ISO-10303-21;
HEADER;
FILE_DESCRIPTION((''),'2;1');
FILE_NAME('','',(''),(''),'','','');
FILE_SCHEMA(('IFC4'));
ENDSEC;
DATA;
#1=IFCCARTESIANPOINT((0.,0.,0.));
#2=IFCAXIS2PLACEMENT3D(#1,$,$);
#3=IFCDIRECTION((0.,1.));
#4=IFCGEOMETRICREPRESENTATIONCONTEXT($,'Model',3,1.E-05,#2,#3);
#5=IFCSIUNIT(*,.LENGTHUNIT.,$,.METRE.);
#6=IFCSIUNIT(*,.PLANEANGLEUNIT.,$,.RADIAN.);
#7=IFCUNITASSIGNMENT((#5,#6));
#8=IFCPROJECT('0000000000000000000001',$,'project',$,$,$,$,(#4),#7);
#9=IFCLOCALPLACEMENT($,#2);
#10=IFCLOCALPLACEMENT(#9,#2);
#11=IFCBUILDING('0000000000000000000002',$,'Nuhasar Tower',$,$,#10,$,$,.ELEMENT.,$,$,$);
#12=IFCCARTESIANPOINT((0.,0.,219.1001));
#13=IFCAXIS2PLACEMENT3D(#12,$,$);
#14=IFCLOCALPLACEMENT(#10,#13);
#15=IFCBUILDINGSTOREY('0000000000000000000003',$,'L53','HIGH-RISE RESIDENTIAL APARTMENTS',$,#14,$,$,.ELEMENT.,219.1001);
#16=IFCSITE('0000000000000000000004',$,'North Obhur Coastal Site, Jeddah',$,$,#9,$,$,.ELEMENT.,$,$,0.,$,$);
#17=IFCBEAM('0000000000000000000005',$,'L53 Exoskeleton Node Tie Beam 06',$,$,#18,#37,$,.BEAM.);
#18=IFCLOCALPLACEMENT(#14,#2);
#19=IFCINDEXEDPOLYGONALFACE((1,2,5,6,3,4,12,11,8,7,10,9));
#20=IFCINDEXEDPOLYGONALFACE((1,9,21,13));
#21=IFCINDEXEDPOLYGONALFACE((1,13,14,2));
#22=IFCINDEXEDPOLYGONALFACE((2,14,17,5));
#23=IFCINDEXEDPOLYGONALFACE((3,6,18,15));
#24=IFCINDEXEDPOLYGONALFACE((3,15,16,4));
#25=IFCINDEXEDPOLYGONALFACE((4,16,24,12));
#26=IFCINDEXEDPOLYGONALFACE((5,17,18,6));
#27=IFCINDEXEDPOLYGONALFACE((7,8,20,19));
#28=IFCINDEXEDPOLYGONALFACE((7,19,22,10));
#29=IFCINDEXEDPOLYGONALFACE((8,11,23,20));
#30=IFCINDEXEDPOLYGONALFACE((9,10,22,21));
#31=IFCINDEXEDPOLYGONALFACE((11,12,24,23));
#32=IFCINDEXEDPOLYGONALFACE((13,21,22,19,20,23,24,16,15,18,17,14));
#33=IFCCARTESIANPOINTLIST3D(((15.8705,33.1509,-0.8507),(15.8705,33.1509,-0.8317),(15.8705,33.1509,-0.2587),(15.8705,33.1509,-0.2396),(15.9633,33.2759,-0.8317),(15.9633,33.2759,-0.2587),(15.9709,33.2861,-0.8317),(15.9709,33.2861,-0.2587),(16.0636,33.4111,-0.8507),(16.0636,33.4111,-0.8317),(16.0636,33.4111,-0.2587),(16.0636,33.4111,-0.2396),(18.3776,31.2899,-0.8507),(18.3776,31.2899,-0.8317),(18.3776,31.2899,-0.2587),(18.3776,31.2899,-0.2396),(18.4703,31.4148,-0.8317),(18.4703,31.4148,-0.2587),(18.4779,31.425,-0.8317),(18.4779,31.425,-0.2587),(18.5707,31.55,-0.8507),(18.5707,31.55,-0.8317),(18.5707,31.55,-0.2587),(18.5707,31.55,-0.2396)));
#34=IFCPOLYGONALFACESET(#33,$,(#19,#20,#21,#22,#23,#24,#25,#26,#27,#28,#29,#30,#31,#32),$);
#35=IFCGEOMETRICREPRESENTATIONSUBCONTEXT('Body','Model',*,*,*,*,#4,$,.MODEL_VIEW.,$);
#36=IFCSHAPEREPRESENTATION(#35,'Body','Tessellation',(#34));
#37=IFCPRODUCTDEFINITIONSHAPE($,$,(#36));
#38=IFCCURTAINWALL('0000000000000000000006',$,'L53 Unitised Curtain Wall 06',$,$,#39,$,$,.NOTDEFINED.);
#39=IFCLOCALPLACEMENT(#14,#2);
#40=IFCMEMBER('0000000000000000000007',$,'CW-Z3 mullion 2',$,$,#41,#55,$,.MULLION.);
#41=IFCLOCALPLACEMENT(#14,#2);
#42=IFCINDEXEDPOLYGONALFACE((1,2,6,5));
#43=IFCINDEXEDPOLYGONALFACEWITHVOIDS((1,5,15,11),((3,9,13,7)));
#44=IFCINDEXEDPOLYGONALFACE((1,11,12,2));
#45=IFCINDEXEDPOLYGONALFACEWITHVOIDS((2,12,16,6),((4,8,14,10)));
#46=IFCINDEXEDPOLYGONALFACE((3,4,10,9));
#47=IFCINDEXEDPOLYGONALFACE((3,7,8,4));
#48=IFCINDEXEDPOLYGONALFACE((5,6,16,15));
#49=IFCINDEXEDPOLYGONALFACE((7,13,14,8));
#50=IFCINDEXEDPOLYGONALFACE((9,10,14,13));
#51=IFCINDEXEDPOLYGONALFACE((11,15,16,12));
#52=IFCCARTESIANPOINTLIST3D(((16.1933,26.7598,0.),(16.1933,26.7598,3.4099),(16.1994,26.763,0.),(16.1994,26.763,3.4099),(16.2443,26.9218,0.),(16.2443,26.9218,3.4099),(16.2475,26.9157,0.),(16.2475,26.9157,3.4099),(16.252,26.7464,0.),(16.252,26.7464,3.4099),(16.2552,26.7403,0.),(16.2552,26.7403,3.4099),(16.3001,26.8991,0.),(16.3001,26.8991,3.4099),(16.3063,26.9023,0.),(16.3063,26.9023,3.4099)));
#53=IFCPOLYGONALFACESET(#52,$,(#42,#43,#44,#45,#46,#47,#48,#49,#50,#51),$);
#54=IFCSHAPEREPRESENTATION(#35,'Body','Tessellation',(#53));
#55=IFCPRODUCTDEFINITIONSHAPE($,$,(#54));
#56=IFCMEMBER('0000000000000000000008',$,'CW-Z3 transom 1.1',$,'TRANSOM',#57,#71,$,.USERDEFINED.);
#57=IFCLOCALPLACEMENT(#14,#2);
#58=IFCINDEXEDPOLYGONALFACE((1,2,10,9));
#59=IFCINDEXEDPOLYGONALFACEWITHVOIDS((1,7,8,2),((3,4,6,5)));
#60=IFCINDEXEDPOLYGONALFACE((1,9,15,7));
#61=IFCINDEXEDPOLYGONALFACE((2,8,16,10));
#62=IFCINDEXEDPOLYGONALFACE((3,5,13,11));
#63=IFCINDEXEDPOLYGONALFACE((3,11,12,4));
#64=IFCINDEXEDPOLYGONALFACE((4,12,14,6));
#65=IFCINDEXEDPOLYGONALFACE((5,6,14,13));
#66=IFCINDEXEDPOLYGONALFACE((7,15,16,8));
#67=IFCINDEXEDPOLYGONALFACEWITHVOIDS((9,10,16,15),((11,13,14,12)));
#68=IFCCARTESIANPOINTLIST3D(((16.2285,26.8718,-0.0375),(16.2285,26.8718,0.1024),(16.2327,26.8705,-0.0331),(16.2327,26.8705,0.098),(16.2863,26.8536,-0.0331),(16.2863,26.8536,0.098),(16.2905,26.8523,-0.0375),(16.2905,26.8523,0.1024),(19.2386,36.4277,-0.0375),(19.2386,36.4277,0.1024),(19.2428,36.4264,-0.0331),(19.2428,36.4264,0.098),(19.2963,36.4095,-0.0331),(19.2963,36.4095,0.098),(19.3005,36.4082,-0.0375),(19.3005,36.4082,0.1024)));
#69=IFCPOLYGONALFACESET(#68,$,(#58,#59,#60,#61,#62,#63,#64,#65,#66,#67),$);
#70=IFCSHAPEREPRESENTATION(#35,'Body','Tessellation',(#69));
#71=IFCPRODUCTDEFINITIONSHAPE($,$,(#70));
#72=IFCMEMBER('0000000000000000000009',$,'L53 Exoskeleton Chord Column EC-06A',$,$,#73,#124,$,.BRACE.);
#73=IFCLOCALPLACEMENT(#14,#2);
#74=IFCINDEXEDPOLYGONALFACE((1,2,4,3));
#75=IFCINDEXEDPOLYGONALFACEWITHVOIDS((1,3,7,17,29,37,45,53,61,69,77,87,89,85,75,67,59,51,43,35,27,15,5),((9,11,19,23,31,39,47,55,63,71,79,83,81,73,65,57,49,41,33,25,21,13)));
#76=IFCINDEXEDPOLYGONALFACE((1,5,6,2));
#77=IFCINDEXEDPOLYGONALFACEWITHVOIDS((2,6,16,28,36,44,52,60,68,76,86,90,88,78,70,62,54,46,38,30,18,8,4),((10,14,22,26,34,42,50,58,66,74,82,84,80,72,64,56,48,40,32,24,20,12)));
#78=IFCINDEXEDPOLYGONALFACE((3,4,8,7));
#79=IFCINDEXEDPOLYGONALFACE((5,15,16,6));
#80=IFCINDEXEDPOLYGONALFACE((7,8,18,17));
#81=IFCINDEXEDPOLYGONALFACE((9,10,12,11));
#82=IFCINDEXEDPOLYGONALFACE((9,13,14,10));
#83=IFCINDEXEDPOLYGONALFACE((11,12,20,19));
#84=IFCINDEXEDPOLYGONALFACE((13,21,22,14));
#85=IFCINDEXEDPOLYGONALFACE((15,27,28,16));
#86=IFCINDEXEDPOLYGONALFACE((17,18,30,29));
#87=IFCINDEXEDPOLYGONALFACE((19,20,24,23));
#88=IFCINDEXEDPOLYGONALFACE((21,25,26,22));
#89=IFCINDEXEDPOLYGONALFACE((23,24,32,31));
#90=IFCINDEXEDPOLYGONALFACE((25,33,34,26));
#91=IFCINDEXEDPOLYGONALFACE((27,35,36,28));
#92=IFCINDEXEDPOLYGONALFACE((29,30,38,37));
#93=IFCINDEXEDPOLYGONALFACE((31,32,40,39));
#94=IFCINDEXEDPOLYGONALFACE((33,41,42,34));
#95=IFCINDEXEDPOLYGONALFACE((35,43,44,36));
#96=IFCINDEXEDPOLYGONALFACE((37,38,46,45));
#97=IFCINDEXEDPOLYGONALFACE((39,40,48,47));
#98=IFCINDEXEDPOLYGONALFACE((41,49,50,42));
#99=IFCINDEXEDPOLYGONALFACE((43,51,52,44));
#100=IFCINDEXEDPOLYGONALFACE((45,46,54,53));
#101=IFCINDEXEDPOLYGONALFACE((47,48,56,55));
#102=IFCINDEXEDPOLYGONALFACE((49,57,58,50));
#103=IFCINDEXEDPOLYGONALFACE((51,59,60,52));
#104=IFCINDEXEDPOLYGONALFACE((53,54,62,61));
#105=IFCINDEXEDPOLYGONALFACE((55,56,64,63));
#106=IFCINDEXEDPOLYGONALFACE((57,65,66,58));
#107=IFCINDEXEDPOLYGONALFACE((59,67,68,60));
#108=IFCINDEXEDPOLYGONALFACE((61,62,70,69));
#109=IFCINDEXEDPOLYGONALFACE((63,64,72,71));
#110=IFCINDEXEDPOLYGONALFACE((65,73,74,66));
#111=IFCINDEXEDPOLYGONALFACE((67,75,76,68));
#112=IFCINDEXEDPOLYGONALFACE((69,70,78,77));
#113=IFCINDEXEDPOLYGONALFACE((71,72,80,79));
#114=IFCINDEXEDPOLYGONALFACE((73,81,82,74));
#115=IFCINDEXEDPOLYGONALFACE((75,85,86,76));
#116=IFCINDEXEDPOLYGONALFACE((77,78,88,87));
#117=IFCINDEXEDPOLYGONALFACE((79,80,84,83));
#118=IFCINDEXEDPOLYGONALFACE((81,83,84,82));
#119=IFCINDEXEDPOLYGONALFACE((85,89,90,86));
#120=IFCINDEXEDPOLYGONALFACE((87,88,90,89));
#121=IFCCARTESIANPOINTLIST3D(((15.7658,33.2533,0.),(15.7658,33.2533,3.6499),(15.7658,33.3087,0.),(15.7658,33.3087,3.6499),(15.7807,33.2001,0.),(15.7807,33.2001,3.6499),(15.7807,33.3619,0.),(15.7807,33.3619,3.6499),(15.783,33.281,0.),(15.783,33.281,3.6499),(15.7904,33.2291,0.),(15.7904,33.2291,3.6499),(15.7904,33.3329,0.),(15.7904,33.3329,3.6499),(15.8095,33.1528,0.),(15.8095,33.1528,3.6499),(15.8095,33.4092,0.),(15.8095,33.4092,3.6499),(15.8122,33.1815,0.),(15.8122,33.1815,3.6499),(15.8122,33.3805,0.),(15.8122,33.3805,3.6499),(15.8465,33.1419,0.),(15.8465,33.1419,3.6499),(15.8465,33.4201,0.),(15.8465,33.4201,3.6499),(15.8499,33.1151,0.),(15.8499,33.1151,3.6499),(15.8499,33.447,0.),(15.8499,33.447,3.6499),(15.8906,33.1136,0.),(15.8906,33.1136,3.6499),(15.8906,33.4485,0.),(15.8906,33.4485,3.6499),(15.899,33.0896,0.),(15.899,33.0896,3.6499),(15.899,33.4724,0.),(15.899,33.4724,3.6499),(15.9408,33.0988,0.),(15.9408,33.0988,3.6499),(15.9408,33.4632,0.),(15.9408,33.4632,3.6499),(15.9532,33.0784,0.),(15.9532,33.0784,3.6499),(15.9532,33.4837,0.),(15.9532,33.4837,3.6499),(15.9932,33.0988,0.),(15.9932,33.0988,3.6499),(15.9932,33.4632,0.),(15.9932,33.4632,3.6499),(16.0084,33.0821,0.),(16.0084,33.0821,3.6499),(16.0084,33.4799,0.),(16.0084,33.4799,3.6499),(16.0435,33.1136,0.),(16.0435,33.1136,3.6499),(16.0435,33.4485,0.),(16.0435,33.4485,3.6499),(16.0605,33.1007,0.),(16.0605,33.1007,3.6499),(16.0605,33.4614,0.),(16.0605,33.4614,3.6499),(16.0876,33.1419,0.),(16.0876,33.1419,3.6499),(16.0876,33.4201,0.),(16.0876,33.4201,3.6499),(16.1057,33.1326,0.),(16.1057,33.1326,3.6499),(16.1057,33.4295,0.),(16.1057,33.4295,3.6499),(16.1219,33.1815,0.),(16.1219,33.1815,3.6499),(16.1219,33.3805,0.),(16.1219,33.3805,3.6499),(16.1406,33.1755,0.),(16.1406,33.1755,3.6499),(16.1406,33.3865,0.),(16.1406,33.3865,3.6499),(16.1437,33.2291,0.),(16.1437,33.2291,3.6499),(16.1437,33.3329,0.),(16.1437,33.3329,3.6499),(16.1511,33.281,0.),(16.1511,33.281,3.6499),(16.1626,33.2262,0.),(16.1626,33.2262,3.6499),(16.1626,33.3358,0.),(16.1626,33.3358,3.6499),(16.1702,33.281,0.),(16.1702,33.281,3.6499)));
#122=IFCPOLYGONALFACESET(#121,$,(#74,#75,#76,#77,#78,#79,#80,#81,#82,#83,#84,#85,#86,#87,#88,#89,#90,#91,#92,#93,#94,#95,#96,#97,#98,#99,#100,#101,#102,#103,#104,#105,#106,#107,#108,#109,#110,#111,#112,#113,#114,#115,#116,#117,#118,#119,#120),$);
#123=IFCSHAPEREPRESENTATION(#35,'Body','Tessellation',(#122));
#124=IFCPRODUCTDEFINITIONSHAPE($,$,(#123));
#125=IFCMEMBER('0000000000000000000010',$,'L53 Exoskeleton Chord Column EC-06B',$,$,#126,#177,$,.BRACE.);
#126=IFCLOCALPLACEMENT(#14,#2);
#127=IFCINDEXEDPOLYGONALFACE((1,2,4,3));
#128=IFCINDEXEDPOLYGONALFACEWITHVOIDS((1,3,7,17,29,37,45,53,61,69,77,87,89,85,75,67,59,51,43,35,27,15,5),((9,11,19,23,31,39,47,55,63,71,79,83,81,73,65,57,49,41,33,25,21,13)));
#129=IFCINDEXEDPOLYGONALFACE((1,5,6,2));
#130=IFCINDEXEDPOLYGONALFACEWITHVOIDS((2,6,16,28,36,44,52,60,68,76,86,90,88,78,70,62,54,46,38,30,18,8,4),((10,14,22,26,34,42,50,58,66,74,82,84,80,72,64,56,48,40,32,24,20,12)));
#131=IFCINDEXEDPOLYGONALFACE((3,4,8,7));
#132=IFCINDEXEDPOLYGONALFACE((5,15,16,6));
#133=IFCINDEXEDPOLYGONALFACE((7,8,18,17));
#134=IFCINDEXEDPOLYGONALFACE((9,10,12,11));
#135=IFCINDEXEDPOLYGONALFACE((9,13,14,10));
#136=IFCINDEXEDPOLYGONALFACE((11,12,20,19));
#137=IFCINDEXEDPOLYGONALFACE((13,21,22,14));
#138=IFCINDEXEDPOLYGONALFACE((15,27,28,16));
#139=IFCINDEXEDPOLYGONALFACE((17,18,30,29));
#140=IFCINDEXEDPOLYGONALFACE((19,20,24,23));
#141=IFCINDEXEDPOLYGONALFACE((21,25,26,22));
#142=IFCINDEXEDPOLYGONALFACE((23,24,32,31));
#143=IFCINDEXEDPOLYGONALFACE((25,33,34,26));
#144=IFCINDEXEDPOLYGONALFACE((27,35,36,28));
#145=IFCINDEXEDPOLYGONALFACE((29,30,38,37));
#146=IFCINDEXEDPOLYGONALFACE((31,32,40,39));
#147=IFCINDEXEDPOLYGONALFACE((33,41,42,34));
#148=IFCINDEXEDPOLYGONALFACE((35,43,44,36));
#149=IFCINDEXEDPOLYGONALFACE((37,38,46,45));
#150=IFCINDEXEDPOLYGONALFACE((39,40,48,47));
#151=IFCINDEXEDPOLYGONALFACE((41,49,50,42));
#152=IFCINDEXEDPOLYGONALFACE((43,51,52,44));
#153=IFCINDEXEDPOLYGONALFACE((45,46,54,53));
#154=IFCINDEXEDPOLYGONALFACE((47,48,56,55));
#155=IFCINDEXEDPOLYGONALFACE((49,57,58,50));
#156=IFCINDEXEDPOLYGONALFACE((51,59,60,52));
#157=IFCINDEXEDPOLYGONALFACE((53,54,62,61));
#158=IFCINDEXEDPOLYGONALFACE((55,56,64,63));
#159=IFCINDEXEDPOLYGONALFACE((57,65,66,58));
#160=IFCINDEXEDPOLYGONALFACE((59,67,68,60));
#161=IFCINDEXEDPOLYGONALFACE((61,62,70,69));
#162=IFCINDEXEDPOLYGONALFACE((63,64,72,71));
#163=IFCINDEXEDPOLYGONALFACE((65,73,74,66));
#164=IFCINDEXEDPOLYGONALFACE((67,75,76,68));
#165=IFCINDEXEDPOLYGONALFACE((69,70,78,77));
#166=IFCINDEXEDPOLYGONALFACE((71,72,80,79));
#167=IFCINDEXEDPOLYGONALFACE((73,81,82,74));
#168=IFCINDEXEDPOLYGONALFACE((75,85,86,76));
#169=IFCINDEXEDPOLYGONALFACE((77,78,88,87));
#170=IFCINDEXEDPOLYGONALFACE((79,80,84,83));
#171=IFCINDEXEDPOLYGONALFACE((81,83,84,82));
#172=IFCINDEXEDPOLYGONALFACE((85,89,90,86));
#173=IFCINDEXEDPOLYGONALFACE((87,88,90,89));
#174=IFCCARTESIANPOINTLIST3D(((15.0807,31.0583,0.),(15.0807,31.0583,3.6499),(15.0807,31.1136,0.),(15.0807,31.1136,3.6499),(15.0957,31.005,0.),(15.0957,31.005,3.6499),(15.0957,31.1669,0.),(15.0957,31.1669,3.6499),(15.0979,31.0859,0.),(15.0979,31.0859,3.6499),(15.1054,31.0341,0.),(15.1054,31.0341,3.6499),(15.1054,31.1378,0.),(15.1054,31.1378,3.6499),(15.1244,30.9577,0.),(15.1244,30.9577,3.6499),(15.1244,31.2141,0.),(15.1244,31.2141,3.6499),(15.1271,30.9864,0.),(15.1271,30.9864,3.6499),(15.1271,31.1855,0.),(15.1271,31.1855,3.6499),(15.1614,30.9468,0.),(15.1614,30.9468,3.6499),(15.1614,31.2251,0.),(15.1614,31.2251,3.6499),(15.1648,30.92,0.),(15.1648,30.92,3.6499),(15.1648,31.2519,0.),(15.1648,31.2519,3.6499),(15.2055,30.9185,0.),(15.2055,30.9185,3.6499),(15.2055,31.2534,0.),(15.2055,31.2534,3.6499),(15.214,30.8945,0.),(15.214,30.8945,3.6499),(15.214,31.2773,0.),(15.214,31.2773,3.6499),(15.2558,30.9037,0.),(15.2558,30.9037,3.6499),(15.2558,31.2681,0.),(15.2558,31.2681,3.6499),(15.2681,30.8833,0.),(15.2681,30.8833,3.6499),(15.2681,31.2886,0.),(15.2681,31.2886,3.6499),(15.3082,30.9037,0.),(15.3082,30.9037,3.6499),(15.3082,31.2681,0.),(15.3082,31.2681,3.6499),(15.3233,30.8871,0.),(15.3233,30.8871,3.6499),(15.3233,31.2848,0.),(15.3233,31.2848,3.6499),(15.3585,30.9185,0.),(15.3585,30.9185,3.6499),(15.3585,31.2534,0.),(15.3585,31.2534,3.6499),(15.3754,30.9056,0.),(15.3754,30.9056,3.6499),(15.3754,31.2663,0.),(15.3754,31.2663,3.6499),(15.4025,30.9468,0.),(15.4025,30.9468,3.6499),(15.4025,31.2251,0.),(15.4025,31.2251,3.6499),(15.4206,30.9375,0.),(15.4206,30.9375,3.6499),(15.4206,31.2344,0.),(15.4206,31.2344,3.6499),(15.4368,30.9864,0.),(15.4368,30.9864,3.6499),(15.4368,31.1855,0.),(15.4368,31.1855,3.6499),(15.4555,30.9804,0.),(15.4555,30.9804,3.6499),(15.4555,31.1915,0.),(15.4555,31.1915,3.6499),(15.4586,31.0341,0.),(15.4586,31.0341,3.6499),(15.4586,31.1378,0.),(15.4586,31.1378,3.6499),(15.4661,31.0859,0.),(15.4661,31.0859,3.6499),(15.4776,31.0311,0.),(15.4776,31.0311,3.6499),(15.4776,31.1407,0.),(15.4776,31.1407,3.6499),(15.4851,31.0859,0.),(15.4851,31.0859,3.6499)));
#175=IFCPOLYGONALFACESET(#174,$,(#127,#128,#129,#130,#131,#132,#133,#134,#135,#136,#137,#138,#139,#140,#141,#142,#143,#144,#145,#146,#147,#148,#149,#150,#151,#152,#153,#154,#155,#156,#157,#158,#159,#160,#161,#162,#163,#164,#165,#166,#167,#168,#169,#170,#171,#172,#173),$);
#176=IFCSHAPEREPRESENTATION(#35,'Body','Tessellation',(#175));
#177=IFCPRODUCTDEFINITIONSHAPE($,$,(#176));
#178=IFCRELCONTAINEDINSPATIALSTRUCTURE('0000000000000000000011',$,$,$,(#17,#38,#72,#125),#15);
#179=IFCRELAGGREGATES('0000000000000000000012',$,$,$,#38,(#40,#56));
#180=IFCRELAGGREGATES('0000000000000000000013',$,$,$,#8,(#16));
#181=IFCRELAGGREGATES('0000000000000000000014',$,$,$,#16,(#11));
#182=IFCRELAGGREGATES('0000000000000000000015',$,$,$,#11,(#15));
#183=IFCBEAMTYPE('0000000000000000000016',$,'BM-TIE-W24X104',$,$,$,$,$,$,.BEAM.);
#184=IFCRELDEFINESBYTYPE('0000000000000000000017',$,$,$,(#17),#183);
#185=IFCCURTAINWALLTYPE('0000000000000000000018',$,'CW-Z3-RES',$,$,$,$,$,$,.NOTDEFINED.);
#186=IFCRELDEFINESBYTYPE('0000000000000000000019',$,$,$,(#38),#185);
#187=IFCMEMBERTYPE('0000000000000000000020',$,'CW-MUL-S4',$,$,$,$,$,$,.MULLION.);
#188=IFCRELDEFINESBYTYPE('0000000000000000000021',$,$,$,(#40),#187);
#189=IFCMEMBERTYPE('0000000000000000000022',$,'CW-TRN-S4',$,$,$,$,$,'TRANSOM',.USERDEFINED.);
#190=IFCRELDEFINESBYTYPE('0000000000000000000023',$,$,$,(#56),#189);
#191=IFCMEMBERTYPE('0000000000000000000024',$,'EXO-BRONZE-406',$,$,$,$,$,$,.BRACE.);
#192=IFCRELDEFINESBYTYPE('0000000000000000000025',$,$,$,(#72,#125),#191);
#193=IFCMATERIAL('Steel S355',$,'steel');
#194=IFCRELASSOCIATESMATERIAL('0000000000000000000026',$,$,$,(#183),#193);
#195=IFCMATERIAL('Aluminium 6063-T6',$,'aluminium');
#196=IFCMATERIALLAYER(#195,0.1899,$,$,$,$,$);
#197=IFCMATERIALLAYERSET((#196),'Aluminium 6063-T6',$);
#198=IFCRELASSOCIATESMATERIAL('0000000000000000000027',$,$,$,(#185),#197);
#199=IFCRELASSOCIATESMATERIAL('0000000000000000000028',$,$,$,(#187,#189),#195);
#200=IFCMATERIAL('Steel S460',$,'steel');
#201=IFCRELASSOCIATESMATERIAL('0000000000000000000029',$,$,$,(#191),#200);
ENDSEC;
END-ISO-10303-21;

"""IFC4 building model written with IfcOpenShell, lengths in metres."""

from ifc_helpers import new_model, si_unit, direction, frame, origin, origin_2d, place, context, subcontext, project, spatial, hollow_rectangle, hollow_circle, i_section, extrude, material, layer, layer_set, material_profile, profile_set, type_object, element, aggregate, save


model = new_model("IFC4")

# Units and contexts
model_context = context("Model", 3, precision=1e-05, world=origin(), true_north=direction((0.0, 1.0)))
body_context = subcontext(model_context, "Body", "Model", "MODEL_VIEW")
ifc_project = project(units=[si_unit("LENGTHUNIT", "METRE"), si_unit("PLANEANGLEUNIT", "RADIAN")], contexts=[model_context])

# Site, building, storey
site_placement = place(None, origin())
site = spatial("IfcSite", under=ifc_project, at=site_placement, Name="North Obhur Coastal Site, Jeddah", CompositionType="ELEMENT", RefElevation=0.0)
building_placement = place(site_placement, origin())
building = spatial("IfcBuilding", under=site, at=building_placement, Name="Nuhasar Tower", CompositionType="ELEMENT")
storey_placement = place(building_placement, frame((0.0, 0.0, 219.1001)))
storey = spatial("IfcBuildingStorey", under=building, at=storey_placement, Name="L53", Description="HIGH-RISE RESIDENTIAL APARTMENTS", CompositionType="ELEMENT", Elevation=219.1001)

# Beam
ifc_material_1 = material(Name="Steel S355", Category="steel")
ifc_material_profile_1 = material_profile(ifc_material_1, i_section(OverallWidth=0.324, OverallDepth=0.6111, WebThickness=0.0127, FlangeThickness=0.019, at=origin_2d()), Name="W24X104")
ifc_profile_set_1 = profile_set([ifc_material_profile_1], Name="Steel S355")
beam_type_1 = type_object("IfcBeamType", Name="BM-TIE-W24X104", PredefinedType="BEAM", material=ifc_profile_set_1)
beam_1_placement = place(storey_placement, frame((18.4741, 31.4199, -0.5452), z_axis=(-0.802946, 0.596052, 0.0), x_axis=(-0.596052, -0.802946, 0.0)))
element("IfcBeam", 1, at=beam_1_placement, inside=storey, type_object=beam_type_1, Name="L53 Exoskeleton Node Tie Beam 06", PredefinedType="BEAM", context=body_context, shape_type="SweptSolid", body=[
    extrude(i_section(OverallWidth=0.324, OverallDepth=0.6111, WebThickness=0.0127, FlangeThickness=0.019, at=origin_2d()), origin(), (0.0, 0.0, 1.0), 3.1223),
])

# Curtain wall, members
ifc_material_2 = material(Name="Aluminium 6063-T6", Category="aluminium")
ifc_layer_1 = layer(ifc_material_2, 0.1899)
ifc_layer_set_1 = layer_set([ifc_layer_1], Name="Aluminium 6063-T6")
curtain_wall_type = type_object("IfcCurtainWallType", Name="CW-Z3-RES", PredefinedType="NOTDEFINED", material=ifc_layer_set_1)
curtain_wall_placement = place(storey_placement, origin())
curtain_wall = element("IfcCurtainWall", 2, at=curtain_wall_placement, inside=storey, type_object=curtain_wall_type, Name="L53 Unitised Curtain Wall 06", PredefinedType="NOTDEFINED")
ifc_material_profile_2 = material_profile(ifc_material_2, hollow_rectangle(XDim=0.0649, YDim=0.1699, WallThickness=0.0049, at=origin_2d()), Name="CWM-4")
ifc_profile_set_2 = profile_set([ifc_material_profile_2], Name="Aluminium 6063-T6")
member_type_1 = type_object("IfcMemberType", Name="CW-MUL-S4", PredefinedType="MULLION", material=ifc_profile_set_2)
member_1_placement = place(storey_placement, frame((16.2498, 26.8311, 0.0), z_axis=(0.0, 0.0, 1.0), x_axis=(0.953804, -0.300429, 0.0)))
member_1 = element("IfcMember", 3, at=member_1_placement, type_object=member_type_1, Name="CW-Z3 mullion 2", PredefinedType="MULLION", context=body_context, shape_type="SweptSolid", body=[
    extrude(hollow_rectangle(XDim=0.0649, YDim=0.1699, WallThickness=0.0049, at=origin_2d()), origin(), (0.0, 0.0, 1.0), 3.4099),
])
ifc_material_profile_3 = material_profile(ifc_material_2, hollow_rectangle(XDim=0.0649, YDim=0.1399, WallThickness=0.0044, at=origin_2d()), Name="CWT-4")
ifc_profile_set_3 = profile_set([ifc_material_profile_3], Name="Aluminium 6063-T6")
member_type_2 = type_object("IfcMemberType", Name="CW-TRN-S4", ElementType="TRANSOM", PredefinedType="USERDEFINED", material=ifc_profile_set_3)
member_2_placement = place(storey_placement, frame((19.2695, 36.418, 0.0325), z_axis=(-0.300437, -0.953802, 0.0), x_axis=(0.953802, -0.300437, 0.0)))
member_2 = element("IfcMember", 4, at=member_2_placement, type_object=member_type_2, Name="CW-Z3 transom 1.1", ObjectType="TRANSOM", PredefinedType="USERDEFINED", context=body_context, shape_type="SweptSolid", body=[
    extrude(hollow_rectangle(XDim=0.0649, YDim=0.1399, WallThickness=0.0044, at=origin_2d()), origin(), (0.0, 0.0, 1.0), 10.0188),
])

# Members
ifc_material_3 = material(Name="Steel S460", Category="steel")
ifc_material_profile_4 = material_profile(ifc_material_3, hollow_circle(Radius=0.2031, WallThickness=0.019, at=origin_2d()), Name="HSS406.4X19.1")
ifc_profile_set_4 = profile_set([ifc_material_profile_4], Name="Steel S460")
member_type_3 = type_object("IfcMemberType", Name="EXO-BRONZE-406", PredefinedType="BRACE", material=ifc_profile_set_4)
for number, where, z_axis, x_axis, name in (
    (5, (15.967, 33.281, 0.0), (0.0, 0.0, 1.0), (1.0, 0.0, 0.0), "L53 Exoskeleton Chord Column EC-06A"),
    (6, (15.282, 31.0859, 0.0), (0.0, 0.0, 1.0), (1.0, 0.0, 0.0), "L53 Exoskeleton Chord Column EC-06B"),
):
    element("IfcMember", number, at=place(storey_placement, frame(where, z_axis=z_axis, x_axis=x_axis)), inside=storey, type_object=member_type_3, Name=name, PredefinedType="BRACE", context=body_context, shape_type="SweptSolid", body=[
        extrude(hollow_circle(Radius=0.2031, WallThickness=0.019, at=origin_2d()), origin(), (0.0, 0.0, 1.0), 3.6499),
    ])

aggregate(curtain_wall, [member_1, member_2])

save(model, "model.ifc")
